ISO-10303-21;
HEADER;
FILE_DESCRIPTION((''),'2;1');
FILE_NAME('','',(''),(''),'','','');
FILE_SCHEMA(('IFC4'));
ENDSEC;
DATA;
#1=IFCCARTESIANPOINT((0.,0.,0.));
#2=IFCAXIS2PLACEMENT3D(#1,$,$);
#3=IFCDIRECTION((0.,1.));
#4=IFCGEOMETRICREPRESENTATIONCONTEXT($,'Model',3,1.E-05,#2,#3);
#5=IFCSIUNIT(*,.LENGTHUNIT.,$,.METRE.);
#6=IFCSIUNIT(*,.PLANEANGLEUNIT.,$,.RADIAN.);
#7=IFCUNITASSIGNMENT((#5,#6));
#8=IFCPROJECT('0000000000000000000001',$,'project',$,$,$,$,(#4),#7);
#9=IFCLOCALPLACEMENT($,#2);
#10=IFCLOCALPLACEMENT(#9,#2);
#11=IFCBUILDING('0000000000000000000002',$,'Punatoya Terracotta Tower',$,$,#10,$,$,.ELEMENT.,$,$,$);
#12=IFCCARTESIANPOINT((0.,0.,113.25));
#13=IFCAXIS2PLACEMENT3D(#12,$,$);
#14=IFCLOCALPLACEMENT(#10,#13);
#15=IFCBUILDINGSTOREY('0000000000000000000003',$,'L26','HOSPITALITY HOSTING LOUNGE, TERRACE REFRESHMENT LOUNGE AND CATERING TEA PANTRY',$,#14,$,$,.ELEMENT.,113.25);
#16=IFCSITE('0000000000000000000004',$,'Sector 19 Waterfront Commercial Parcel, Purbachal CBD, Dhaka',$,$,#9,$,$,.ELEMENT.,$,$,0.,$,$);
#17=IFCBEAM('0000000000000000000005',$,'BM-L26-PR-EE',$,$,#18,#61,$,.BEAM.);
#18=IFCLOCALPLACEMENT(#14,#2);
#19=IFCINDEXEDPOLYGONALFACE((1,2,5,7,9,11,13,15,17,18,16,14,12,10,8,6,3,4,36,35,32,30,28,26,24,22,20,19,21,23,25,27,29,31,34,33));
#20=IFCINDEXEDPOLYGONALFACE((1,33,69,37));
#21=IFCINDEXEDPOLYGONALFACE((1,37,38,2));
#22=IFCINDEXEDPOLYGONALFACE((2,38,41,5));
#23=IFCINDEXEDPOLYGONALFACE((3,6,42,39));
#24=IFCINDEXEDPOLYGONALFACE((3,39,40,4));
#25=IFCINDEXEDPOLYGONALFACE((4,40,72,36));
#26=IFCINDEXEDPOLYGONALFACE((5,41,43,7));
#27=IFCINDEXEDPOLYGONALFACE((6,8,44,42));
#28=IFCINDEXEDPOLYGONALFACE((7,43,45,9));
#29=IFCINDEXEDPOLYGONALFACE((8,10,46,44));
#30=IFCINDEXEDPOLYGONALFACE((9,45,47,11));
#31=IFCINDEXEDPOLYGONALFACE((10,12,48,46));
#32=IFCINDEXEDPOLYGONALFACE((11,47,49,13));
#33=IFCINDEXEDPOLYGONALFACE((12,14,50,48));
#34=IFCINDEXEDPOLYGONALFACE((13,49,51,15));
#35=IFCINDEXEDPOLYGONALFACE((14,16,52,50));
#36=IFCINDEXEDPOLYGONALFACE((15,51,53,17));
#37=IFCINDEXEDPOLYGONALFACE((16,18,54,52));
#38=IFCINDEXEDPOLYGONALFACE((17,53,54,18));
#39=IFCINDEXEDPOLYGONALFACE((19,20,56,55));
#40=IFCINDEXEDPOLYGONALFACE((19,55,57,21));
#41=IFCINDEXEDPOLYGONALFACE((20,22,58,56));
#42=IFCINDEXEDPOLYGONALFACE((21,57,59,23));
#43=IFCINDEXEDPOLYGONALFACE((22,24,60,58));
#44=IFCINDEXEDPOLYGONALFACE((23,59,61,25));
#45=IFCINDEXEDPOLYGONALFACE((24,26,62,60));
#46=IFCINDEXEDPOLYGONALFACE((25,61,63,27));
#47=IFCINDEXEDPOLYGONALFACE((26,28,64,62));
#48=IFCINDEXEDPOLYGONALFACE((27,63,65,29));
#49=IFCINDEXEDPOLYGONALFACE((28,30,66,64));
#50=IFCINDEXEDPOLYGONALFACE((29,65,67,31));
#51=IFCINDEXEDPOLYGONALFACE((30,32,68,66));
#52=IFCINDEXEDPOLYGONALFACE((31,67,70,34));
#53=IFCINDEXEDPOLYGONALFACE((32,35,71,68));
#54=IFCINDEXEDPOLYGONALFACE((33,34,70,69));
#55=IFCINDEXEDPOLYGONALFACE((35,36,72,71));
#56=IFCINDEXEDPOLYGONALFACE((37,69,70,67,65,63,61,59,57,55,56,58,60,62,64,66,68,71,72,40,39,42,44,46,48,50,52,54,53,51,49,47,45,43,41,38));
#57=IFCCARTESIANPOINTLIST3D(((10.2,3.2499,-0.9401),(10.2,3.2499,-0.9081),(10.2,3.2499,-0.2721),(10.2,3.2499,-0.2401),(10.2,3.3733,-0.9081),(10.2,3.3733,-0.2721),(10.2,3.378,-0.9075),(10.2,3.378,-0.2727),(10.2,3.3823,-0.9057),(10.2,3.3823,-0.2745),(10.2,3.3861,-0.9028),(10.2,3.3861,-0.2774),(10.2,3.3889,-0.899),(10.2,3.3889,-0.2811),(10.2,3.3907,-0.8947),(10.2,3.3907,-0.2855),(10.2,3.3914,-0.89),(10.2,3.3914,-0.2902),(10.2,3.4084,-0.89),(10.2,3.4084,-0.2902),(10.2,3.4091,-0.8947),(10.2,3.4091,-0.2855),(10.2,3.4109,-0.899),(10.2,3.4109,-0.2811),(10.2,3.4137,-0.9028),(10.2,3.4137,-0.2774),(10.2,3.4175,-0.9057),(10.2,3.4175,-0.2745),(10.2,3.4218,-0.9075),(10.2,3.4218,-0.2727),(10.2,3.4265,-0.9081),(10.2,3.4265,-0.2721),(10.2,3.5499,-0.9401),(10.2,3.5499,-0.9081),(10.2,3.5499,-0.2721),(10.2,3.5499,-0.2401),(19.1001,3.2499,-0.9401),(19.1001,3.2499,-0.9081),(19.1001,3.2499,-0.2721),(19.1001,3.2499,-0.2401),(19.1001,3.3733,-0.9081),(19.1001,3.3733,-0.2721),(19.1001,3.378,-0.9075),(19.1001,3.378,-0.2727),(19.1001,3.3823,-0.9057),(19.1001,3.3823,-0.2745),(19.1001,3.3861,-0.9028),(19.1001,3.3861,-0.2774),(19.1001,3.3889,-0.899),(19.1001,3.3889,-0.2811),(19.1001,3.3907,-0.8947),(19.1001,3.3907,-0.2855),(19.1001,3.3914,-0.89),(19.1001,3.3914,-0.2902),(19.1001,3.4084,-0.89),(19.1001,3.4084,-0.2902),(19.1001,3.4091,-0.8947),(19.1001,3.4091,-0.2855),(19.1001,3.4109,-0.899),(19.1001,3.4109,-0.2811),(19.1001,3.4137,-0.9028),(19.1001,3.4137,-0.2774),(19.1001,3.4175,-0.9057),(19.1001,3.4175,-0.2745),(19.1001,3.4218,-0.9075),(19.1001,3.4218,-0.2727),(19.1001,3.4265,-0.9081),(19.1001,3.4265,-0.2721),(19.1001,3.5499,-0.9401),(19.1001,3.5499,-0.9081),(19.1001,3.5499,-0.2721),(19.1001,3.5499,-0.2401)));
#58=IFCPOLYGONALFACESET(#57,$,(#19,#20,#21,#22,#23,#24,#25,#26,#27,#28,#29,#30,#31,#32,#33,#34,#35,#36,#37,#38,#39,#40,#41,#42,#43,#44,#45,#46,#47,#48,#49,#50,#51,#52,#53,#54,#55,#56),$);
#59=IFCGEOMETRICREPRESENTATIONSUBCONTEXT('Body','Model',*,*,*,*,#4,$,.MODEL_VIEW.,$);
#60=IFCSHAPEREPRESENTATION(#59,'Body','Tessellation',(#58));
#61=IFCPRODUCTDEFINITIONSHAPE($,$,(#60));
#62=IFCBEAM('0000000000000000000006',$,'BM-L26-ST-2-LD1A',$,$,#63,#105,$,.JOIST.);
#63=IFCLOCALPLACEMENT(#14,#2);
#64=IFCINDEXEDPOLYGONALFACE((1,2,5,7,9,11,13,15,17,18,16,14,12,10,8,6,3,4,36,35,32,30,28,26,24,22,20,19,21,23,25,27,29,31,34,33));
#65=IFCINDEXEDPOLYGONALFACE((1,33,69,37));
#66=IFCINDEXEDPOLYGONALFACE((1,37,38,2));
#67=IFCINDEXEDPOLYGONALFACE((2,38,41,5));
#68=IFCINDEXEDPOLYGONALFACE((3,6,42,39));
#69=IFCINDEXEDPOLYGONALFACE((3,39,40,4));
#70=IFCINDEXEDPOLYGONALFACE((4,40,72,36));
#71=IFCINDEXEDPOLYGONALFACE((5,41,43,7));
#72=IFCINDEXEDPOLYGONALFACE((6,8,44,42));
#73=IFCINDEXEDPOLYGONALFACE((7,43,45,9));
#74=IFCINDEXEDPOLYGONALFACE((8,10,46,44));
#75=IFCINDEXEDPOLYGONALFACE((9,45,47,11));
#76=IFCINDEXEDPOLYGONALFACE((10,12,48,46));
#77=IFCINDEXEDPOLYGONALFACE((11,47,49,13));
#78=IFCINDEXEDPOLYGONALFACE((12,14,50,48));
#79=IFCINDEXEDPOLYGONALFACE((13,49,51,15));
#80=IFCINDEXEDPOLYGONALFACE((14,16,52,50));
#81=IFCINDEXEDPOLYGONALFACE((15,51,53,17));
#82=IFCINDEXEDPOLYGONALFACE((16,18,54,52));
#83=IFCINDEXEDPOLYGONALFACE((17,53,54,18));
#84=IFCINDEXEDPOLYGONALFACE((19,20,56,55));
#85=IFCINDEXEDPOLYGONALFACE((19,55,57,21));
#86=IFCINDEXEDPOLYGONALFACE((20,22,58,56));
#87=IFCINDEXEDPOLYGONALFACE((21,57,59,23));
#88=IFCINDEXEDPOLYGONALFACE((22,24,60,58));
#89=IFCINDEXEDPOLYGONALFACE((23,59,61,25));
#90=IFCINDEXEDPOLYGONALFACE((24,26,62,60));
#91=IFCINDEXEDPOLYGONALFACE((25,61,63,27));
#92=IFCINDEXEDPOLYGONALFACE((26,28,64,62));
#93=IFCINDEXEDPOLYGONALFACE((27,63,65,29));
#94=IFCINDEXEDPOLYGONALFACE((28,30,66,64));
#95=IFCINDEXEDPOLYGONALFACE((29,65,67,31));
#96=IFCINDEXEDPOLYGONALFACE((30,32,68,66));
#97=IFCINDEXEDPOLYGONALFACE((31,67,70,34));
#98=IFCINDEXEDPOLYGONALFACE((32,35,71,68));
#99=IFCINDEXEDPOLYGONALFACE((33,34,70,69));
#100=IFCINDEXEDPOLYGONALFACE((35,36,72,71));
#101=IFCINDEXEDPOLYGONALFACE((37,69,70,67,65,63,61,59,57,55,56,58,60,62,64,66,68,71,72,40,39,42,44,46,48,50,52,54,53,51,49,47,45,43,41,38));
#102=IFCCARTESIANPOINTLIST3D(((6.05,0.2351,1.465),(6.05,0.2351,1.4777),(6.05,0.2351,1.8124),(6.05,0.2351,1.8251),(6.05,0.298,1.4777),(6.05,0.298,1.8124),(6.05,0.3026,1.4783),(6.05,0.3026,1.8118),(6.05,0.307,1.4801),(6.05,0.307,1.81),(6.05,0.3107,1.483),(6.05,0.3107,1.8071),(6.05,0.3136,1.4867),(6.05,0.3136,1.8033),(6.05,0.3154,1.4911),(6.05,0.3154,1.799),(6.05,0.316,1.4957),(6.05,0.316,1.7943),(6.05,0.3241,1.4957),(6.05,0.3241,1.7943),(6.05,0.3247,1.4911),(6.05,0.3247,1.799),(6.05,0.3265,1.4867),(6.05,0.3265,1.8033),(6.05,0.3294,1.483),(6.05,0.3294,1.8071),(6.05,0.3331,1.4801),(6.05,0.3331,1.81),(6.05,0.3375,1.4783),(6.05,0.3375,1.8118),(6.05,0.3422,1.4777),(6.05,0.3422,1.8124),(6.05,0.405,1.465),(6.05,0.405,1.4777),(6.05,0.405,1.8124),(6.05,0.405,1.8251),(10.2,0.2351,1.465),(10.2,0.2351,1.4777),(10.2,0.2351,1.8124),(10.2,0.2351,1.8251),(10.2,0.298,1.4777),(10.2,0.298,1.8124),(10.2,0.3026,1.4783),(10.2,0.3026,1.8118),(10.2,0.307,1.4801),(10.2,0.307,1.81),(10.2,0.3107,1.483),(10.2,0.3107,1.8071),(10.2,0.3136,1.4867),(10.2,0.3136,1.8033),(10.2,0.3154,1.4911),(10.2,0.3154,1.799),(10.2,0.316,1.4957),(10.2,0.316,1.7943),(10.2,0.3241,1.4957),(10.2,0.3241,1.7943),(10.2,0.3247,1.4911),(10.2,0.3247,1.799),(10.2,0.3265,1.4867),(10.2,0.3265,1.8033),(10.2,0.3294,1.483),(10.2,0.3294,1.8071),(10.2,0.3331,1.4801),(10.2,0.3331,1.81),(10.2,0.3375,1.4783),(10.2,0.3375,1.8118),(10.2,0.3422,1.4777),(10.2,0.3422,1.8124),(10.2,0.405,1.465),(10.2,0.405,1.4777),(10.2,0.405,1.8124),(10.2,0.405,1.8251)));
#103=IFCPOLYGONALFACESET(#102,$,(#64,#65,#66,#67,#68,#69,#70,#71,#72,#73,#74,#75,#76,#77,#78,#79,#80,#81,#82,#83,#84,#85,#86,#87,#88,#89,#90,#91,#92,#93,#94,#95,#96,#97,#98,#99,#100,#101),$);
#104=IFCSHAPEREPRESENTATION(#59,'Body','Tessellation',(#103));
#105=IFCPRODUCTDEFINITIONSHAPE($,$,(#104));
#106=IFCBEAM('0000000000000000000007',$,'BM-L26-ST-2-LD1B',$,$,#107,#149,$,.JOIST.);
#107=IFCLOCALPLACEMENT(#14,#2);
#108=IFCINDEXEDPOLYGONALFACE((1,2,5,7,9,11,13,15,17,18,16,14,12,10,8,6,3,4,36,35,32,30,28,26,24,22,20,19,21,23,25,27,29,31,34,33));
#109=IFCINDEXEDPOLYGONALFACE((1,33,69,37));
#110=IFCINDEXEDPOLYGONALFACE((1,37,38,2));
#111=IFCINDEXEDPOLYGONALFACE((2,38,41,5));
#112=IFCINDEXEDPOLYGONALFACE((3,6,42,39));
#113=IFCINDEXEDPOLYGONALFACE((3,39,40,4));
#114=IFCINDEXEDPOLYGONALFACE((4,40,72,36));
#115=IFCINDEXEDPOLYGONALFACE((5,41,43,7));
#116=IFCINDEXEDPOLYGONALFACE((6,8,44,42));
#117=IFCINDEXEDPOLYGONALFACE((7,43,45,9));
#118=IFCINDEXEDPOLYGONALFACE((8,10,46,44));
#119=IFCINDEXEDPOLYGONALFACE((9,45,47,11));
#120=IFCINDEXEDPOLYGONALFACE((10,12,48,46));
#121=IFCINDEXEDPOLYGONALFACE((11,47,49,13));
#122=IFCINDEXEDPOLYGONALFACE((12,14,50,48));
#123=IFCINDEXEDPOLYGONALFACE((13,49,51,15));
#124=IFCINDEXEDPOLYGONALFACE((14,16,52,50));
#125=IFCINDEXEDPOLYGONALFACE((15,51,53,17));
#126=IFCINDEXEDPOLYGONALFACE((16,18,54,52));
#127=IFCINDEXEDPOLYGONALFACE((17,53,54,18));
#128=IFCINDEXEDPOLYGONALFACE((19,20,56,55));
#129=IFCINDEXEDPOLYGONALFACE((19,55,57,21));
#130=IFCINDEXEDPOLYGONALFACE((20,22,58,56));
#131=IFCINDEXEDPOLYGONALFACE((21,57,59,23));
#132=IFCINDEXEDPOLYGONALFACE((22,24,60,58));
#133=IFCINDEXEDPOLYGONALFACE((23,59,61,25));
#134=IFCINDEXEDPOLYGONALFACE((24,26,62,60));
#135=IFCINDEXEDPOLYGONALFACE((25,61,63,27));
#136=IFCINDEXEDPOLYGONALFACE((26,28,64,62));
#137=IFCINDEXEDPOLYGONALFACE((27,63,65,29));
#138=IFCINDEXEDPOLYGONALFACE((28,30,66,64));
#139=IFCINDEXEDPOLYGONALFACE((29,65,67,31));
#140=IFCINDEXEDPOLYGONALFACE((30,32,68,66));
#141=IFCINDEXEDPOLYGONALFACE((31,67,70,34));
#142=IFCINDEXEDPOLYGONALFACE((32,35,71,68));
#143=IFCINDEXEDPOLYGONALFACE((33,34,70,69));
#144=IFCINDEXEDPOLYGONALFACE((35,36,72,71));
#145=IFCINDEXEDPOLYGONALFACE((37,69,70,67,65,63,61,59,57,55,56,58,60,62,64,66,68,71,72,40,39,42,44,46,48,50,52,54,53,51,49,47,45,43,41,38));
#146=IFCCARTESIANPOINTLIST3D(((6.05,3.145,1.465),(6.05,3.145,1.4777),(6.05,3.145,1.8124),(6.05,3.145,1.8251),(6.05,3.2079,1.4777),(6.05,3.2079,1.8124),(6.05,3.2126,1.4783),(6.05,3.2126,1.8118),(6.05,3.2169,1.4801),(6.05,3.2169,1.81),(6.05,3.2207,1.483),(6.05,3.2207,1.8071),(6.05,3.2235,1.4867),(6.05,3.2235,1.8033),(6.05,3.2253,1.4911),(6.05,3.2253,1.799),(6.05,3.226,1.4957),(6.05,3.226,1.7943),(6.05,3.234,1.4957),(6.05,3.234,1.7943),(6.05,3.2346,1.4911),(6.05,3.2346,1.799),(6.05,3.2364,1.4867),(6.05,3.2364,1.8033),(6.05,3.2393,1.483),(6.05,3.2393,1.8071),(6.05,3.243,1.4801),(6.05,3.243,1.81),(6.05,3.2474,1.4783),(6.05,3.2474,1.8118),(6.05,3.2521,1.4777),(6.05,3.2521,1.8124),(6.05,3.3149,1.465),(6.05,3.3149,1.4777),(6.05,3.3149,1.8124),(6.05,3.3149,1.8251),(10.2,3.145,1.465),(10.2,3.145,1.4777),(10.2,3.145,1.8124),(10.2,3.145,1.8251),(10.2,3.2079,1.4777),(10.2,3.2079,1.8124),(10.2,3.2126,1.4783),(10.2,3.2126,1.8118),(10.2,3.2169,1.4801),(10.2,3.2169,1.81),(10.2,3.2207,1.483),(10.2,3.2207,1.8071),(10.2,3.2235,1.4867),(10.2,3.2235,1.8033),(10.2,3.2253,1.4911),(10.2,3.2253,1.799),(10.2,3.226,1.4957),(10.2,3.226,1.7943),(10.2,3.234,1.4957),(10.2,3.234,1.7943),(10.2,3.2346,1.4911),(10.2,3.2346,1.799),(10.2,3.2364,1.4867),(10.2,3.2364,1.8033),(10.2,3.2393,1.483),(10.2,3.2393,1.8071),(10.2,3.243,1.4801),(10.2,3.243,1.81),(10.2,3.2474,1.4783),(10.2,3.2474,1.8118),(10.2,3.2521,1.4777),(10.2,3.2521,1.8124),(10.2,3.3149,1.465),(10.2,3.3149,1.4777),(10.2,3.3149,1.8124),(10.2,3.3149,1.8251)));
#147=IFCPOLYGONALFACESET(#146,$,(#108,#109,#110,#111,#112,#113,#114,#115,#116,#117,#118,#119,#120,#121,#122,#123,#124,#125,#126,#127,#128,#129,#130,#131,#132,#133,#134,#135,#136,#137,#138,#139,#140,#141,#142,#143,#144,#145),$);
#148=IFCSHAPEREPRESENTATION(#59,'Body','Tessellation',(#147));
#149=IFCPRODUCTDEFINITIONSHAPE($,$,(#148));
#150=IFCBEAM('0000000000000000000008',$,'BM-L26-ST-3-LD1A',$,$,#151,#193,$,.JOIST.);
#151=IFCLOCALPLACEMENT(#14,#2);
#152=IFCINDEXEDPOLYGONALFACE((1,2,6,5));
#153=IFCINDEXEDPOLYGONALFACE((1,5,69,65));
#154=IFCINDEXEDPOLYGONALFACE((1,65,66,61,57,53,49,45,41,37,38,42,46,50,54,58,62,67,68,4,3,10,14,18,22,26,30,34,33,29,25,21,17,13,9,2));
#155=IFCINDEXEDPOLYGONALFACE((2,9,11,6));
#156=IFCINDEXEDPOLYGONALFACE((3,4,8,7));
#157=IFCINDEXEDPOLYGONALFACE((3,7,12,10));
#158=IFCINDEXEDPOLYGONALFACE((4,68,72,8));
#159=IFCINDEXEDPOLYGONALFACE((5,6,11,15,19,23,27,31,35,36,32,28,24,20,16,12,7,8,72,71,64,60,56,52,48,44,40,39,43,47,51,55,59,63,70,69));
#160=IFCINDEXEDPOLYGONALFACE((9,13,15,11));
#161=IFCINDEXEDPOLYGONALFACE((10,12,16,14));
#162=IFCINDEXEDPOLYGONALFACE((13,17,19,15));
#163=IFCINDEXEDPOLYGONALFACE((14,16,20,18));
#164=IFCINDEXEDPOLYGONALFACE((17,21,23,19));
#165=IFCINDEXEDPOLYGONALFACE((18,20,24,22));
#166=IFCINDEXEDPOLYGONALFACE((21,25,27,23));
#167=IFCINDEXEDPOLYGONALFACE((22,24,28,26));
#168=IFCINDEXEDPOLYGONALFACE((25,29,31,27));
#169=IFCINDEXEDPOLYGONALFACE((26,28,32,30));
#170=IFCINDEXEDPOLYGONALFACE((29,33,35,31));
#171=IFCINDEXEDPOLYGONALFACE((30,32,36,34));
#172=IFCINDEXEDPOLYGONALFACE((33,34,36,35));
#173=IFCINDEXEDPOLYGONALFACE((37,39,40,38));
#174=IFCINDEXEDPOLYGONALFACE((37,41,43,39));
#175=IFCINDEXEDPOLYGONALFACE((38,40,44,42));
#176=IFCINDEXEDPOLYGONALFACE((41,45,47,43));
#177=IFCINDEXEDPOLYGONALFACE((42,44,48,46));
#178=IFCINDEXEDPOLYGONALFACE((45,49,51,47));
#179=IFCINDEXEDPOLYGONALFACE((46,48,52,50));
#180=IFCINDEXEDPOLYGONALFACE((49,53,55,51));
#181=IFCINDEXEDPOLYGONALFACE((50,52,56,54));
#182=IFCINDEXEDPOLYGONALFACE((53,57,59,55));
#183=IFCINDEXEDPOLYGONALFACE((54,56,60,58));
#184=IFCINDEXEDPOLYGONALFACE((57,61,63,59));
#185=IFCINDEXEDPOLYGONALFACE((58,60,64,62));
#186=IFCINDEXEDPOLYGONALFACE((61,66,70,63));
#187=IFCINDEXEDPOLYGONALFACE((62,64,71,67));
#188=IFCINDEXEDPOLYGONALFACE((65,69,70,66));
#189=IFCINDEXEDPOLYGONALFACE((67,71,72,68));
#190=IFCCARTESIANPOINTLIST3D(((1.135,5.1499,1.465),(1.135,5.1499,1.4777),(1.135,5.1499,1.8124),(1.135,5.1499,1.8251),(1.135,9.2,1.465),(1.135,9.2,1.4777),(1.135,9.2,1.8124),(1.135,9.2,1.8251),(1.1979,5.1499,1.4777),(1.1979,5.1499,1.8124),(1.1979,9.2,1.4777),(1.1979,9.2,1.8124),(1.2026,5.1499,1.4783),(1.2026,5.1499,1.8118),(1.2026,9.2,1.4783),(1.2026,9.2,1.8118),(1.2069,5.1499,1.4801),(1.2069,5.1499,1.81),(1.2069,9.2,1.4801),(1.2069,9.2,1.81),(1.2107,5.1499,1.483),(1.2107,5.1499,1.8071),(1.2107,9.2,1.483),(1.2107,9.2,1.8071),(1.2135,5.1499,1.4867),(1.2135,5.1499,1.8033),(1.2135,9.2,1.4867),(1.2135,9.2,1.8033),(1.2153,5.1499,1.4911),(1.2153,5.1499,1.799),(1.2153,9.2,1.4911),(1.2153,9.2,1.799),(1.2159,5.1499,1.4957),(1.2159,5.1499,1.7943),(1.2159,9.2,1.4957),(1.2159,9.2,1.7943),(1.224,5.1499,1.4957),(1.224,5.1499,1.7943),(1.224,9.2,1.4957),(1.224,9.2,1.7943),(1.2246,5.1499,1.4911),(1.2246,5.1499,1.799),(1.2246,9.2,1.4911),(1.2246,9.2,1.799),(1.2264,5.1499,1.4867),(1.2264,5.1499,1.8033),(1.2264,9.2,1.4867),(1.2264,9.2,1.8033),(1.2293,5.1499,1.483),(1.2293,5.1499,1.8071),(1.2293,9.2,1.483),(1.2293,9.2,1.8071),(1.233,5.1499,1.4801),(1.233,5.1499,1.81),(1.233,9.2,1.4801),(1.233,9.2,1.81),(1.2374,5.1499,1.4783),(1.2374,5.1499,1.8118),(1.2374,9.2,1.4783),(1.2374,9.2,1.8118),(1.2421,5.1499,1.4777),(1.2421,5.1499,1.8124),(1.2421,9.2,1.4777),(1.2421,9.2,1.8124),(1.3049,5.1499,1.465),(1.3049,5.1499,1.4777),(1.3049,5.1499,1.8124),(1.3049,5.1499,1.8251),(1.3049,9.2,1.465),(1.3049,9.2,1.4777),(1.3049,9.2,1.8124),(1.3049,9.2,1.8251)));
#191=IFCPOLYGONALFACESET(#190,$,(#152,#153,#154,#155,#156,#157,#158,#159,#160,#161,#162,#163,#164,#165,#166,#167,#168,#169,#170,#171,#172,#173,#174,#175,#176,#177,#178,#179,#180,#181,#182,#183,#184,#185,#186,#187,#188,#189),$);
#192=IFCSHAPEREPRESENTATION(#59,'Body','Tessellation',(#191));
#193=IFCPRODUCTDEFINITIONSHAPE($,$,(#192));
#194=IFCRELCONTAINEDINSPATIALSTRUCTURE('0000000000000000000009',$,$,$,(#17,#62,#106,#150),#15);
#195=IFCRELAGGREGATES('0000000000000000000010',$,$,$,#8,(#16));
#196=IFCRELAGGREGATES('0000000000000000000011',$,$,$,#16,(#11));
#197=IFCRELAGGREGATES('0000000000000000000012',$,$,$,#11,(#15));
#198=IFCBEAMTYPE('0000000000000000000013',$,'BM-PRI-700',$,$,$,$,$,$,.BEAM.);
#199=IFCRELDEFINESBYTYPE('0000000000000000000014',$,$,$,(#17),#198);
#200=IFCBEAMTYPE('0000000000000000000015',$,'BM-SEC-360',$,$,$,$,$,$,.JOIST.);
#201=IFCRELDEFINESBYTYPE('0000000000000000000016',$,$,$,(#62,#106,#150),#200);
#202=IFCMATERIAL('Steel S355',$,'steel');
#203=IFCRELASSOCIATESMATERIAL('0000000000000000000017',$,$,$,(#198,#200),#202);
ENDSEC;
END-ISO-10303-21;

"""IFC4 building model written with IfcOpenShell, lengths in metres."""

from ifc_helpers import new_model, si_unit, direction, frame, origin, origin_2d, place, context, subcontext, project, spatial, i_section, extrude, material, material_profile, profile_set, type_object, element, save


model = new_model("IFC4")

# Units and contexts
model_context = context("Model", 3, precision=1e-05, world=origin(), true_north=direction((0.0, 1.0)))
body_context = subcontext(model_context, "Body", "Model", "MODEL_VIEW")
ifc_project = project(units=[si_unit("LENGTHUNIT", "METRE"), si_unit("PLANEANGLEUNIT", "RADIAN")], contexts=[model_context])

# Site, building, storey
site_placement = place(None, origin())
site = spatial("IfcSite", under=ifc_project, at=site_placement, Name="Sector 19 Waterfront Commercial Parcel, Purbachal CBD, Dhaka", CompositionType="ELEMENT", RefElevation=0.0)
building_placement = place(site_placement, origin())
building = spatial("IfcBuilding", under=site, at=building_placement, Name="Punatoya Terracotta Tower", CompositionType="ELEMENT")
storey_placement = place(building_placement, frame((0.0, 0.0, 113.25)))
storey = spatial("IfcBuildingStorey", under=building, at=storey_placement, Name="L26", Description="HOSPITALITY HOSTING LOUNGE, TERRACE REFRESHMENT LOUNGE AND CATERING TEA PANTRY", CompositionType="ELEMENT", Elevation=113.25)

# Beams
ifc_material_1 = material(Name="Steel S355", Category="steel")
ifc_material_profile_1 = material_profile(ifc_material_1, i_section(OverallWidth=0.3, OverallDepth=0.7, WebThickness=0.0171, FlangeThickness=0.032, FilletRadius=0.0181, at=origin_2d()))
ifc_profile_set_1 = profile_set([ifc_material_profile_1], Name="Steel S355")
beam_type_1 = type_object("IfcBeamType", Name="BM-PRI-700", PredefinedType="BEAM", material=ifc_profile_set_1)
beam_placement = place(storey_placement, frame((10.2, 3.3999, -0.5901), z_axis=(1.0, 0.0, 0.0), x_axis=(0.0, 1.0, 0.0)))
element("IfcBeam", 1, at=beam_placement, inside=storey, type_object=beam_type_1, Name="BM-L26-PR-EE", PredefinedType="BEAM", context=body_context, shape_type="SweptSolid", body=[
    extrude(i_section(OverallWidth=0.3, OverallDepth=0.7, WebThickness=0.0171, FlangeThickness=0.032, FilletRadius=0.0181, at=origin_2d()), origin(), (0.0, 0.0, 1.0), 8.9001),
])
ifc_material_profile_2 = material_profile(ifc_material_1, i_section(OverallWidth=0.1699, OverallDepth=0.3601, WebThickness=0.0081, FlangeThickness=0.0127, FilletRadius=0.0181, at=origin_2d()))
ifc_profile_set_2 = profile_set([ifc_material_profile_2], Name="Steel S355")
beam_type_2 = type_object("IfcBeamType", Name="BM-SEC-360", PredefinedType="JOIST", material=ifc_profile_set_2)
for number, where, z_axis, x_axis, name in (
    (2, (6.05, 0.3201, 1.645), (1.0, 0.0, 0.0), (0.0, 1.0, 0.0), "BM-L26-ST-2-LD1A"),
    (3, (6.05, 3.23, 1.645), (1.0, 0.0, 0.0), (0.0, 1.0, 0.0), "BM-L26-ST-2-LD1B"),
):
    element("IfcBeam", number, at=place(storey_placement, frame(where, z_axis=z_axis, x_axis=x_axis)), inside=storey, type_object=beam_type_2, Name=name, PredefinedType="JOIST", context=body_context, shape_type="SweptSolid", body=[
        extrude(i_section(OverallWidth=0.1699, OverallDepth=0.3601, WebThickness=0.0081, FlangeThickness=0.0127, FilletRadius=0.0181, at=origin_2d()), origin(), (0.0, 0.0, 1.0), 4.1499),
    ])
for number, where, z_axis, x_axis, name in (
    (4, (1.22, 5.1499, 1.645), (0.0, 1.0, 0.0), (-1.0, 0.0, 0.0), "BM-L26-ST-3-LD1A"),
):
    element("IfcBeam", number, at=place(storey_placement, frame(where, z_axis=z_axis, x_axis=x_axis)), inside=storey, type_object=beam_type_2, Name=name, PredefinedType="JOIST", context=body_context, shape_type="SweptSolid", body=[
        extrude(i_section(OverallWidth=0.1699, OverallDepth=0.3601, WebThickness=0.0081, FlangeThickness=0.0127, FilletRadius=0.0181, at=origin_2d()), origin(), (0.0, 0.0, 1.0), 4.05),
    ])

save(model, "model.ifc")
